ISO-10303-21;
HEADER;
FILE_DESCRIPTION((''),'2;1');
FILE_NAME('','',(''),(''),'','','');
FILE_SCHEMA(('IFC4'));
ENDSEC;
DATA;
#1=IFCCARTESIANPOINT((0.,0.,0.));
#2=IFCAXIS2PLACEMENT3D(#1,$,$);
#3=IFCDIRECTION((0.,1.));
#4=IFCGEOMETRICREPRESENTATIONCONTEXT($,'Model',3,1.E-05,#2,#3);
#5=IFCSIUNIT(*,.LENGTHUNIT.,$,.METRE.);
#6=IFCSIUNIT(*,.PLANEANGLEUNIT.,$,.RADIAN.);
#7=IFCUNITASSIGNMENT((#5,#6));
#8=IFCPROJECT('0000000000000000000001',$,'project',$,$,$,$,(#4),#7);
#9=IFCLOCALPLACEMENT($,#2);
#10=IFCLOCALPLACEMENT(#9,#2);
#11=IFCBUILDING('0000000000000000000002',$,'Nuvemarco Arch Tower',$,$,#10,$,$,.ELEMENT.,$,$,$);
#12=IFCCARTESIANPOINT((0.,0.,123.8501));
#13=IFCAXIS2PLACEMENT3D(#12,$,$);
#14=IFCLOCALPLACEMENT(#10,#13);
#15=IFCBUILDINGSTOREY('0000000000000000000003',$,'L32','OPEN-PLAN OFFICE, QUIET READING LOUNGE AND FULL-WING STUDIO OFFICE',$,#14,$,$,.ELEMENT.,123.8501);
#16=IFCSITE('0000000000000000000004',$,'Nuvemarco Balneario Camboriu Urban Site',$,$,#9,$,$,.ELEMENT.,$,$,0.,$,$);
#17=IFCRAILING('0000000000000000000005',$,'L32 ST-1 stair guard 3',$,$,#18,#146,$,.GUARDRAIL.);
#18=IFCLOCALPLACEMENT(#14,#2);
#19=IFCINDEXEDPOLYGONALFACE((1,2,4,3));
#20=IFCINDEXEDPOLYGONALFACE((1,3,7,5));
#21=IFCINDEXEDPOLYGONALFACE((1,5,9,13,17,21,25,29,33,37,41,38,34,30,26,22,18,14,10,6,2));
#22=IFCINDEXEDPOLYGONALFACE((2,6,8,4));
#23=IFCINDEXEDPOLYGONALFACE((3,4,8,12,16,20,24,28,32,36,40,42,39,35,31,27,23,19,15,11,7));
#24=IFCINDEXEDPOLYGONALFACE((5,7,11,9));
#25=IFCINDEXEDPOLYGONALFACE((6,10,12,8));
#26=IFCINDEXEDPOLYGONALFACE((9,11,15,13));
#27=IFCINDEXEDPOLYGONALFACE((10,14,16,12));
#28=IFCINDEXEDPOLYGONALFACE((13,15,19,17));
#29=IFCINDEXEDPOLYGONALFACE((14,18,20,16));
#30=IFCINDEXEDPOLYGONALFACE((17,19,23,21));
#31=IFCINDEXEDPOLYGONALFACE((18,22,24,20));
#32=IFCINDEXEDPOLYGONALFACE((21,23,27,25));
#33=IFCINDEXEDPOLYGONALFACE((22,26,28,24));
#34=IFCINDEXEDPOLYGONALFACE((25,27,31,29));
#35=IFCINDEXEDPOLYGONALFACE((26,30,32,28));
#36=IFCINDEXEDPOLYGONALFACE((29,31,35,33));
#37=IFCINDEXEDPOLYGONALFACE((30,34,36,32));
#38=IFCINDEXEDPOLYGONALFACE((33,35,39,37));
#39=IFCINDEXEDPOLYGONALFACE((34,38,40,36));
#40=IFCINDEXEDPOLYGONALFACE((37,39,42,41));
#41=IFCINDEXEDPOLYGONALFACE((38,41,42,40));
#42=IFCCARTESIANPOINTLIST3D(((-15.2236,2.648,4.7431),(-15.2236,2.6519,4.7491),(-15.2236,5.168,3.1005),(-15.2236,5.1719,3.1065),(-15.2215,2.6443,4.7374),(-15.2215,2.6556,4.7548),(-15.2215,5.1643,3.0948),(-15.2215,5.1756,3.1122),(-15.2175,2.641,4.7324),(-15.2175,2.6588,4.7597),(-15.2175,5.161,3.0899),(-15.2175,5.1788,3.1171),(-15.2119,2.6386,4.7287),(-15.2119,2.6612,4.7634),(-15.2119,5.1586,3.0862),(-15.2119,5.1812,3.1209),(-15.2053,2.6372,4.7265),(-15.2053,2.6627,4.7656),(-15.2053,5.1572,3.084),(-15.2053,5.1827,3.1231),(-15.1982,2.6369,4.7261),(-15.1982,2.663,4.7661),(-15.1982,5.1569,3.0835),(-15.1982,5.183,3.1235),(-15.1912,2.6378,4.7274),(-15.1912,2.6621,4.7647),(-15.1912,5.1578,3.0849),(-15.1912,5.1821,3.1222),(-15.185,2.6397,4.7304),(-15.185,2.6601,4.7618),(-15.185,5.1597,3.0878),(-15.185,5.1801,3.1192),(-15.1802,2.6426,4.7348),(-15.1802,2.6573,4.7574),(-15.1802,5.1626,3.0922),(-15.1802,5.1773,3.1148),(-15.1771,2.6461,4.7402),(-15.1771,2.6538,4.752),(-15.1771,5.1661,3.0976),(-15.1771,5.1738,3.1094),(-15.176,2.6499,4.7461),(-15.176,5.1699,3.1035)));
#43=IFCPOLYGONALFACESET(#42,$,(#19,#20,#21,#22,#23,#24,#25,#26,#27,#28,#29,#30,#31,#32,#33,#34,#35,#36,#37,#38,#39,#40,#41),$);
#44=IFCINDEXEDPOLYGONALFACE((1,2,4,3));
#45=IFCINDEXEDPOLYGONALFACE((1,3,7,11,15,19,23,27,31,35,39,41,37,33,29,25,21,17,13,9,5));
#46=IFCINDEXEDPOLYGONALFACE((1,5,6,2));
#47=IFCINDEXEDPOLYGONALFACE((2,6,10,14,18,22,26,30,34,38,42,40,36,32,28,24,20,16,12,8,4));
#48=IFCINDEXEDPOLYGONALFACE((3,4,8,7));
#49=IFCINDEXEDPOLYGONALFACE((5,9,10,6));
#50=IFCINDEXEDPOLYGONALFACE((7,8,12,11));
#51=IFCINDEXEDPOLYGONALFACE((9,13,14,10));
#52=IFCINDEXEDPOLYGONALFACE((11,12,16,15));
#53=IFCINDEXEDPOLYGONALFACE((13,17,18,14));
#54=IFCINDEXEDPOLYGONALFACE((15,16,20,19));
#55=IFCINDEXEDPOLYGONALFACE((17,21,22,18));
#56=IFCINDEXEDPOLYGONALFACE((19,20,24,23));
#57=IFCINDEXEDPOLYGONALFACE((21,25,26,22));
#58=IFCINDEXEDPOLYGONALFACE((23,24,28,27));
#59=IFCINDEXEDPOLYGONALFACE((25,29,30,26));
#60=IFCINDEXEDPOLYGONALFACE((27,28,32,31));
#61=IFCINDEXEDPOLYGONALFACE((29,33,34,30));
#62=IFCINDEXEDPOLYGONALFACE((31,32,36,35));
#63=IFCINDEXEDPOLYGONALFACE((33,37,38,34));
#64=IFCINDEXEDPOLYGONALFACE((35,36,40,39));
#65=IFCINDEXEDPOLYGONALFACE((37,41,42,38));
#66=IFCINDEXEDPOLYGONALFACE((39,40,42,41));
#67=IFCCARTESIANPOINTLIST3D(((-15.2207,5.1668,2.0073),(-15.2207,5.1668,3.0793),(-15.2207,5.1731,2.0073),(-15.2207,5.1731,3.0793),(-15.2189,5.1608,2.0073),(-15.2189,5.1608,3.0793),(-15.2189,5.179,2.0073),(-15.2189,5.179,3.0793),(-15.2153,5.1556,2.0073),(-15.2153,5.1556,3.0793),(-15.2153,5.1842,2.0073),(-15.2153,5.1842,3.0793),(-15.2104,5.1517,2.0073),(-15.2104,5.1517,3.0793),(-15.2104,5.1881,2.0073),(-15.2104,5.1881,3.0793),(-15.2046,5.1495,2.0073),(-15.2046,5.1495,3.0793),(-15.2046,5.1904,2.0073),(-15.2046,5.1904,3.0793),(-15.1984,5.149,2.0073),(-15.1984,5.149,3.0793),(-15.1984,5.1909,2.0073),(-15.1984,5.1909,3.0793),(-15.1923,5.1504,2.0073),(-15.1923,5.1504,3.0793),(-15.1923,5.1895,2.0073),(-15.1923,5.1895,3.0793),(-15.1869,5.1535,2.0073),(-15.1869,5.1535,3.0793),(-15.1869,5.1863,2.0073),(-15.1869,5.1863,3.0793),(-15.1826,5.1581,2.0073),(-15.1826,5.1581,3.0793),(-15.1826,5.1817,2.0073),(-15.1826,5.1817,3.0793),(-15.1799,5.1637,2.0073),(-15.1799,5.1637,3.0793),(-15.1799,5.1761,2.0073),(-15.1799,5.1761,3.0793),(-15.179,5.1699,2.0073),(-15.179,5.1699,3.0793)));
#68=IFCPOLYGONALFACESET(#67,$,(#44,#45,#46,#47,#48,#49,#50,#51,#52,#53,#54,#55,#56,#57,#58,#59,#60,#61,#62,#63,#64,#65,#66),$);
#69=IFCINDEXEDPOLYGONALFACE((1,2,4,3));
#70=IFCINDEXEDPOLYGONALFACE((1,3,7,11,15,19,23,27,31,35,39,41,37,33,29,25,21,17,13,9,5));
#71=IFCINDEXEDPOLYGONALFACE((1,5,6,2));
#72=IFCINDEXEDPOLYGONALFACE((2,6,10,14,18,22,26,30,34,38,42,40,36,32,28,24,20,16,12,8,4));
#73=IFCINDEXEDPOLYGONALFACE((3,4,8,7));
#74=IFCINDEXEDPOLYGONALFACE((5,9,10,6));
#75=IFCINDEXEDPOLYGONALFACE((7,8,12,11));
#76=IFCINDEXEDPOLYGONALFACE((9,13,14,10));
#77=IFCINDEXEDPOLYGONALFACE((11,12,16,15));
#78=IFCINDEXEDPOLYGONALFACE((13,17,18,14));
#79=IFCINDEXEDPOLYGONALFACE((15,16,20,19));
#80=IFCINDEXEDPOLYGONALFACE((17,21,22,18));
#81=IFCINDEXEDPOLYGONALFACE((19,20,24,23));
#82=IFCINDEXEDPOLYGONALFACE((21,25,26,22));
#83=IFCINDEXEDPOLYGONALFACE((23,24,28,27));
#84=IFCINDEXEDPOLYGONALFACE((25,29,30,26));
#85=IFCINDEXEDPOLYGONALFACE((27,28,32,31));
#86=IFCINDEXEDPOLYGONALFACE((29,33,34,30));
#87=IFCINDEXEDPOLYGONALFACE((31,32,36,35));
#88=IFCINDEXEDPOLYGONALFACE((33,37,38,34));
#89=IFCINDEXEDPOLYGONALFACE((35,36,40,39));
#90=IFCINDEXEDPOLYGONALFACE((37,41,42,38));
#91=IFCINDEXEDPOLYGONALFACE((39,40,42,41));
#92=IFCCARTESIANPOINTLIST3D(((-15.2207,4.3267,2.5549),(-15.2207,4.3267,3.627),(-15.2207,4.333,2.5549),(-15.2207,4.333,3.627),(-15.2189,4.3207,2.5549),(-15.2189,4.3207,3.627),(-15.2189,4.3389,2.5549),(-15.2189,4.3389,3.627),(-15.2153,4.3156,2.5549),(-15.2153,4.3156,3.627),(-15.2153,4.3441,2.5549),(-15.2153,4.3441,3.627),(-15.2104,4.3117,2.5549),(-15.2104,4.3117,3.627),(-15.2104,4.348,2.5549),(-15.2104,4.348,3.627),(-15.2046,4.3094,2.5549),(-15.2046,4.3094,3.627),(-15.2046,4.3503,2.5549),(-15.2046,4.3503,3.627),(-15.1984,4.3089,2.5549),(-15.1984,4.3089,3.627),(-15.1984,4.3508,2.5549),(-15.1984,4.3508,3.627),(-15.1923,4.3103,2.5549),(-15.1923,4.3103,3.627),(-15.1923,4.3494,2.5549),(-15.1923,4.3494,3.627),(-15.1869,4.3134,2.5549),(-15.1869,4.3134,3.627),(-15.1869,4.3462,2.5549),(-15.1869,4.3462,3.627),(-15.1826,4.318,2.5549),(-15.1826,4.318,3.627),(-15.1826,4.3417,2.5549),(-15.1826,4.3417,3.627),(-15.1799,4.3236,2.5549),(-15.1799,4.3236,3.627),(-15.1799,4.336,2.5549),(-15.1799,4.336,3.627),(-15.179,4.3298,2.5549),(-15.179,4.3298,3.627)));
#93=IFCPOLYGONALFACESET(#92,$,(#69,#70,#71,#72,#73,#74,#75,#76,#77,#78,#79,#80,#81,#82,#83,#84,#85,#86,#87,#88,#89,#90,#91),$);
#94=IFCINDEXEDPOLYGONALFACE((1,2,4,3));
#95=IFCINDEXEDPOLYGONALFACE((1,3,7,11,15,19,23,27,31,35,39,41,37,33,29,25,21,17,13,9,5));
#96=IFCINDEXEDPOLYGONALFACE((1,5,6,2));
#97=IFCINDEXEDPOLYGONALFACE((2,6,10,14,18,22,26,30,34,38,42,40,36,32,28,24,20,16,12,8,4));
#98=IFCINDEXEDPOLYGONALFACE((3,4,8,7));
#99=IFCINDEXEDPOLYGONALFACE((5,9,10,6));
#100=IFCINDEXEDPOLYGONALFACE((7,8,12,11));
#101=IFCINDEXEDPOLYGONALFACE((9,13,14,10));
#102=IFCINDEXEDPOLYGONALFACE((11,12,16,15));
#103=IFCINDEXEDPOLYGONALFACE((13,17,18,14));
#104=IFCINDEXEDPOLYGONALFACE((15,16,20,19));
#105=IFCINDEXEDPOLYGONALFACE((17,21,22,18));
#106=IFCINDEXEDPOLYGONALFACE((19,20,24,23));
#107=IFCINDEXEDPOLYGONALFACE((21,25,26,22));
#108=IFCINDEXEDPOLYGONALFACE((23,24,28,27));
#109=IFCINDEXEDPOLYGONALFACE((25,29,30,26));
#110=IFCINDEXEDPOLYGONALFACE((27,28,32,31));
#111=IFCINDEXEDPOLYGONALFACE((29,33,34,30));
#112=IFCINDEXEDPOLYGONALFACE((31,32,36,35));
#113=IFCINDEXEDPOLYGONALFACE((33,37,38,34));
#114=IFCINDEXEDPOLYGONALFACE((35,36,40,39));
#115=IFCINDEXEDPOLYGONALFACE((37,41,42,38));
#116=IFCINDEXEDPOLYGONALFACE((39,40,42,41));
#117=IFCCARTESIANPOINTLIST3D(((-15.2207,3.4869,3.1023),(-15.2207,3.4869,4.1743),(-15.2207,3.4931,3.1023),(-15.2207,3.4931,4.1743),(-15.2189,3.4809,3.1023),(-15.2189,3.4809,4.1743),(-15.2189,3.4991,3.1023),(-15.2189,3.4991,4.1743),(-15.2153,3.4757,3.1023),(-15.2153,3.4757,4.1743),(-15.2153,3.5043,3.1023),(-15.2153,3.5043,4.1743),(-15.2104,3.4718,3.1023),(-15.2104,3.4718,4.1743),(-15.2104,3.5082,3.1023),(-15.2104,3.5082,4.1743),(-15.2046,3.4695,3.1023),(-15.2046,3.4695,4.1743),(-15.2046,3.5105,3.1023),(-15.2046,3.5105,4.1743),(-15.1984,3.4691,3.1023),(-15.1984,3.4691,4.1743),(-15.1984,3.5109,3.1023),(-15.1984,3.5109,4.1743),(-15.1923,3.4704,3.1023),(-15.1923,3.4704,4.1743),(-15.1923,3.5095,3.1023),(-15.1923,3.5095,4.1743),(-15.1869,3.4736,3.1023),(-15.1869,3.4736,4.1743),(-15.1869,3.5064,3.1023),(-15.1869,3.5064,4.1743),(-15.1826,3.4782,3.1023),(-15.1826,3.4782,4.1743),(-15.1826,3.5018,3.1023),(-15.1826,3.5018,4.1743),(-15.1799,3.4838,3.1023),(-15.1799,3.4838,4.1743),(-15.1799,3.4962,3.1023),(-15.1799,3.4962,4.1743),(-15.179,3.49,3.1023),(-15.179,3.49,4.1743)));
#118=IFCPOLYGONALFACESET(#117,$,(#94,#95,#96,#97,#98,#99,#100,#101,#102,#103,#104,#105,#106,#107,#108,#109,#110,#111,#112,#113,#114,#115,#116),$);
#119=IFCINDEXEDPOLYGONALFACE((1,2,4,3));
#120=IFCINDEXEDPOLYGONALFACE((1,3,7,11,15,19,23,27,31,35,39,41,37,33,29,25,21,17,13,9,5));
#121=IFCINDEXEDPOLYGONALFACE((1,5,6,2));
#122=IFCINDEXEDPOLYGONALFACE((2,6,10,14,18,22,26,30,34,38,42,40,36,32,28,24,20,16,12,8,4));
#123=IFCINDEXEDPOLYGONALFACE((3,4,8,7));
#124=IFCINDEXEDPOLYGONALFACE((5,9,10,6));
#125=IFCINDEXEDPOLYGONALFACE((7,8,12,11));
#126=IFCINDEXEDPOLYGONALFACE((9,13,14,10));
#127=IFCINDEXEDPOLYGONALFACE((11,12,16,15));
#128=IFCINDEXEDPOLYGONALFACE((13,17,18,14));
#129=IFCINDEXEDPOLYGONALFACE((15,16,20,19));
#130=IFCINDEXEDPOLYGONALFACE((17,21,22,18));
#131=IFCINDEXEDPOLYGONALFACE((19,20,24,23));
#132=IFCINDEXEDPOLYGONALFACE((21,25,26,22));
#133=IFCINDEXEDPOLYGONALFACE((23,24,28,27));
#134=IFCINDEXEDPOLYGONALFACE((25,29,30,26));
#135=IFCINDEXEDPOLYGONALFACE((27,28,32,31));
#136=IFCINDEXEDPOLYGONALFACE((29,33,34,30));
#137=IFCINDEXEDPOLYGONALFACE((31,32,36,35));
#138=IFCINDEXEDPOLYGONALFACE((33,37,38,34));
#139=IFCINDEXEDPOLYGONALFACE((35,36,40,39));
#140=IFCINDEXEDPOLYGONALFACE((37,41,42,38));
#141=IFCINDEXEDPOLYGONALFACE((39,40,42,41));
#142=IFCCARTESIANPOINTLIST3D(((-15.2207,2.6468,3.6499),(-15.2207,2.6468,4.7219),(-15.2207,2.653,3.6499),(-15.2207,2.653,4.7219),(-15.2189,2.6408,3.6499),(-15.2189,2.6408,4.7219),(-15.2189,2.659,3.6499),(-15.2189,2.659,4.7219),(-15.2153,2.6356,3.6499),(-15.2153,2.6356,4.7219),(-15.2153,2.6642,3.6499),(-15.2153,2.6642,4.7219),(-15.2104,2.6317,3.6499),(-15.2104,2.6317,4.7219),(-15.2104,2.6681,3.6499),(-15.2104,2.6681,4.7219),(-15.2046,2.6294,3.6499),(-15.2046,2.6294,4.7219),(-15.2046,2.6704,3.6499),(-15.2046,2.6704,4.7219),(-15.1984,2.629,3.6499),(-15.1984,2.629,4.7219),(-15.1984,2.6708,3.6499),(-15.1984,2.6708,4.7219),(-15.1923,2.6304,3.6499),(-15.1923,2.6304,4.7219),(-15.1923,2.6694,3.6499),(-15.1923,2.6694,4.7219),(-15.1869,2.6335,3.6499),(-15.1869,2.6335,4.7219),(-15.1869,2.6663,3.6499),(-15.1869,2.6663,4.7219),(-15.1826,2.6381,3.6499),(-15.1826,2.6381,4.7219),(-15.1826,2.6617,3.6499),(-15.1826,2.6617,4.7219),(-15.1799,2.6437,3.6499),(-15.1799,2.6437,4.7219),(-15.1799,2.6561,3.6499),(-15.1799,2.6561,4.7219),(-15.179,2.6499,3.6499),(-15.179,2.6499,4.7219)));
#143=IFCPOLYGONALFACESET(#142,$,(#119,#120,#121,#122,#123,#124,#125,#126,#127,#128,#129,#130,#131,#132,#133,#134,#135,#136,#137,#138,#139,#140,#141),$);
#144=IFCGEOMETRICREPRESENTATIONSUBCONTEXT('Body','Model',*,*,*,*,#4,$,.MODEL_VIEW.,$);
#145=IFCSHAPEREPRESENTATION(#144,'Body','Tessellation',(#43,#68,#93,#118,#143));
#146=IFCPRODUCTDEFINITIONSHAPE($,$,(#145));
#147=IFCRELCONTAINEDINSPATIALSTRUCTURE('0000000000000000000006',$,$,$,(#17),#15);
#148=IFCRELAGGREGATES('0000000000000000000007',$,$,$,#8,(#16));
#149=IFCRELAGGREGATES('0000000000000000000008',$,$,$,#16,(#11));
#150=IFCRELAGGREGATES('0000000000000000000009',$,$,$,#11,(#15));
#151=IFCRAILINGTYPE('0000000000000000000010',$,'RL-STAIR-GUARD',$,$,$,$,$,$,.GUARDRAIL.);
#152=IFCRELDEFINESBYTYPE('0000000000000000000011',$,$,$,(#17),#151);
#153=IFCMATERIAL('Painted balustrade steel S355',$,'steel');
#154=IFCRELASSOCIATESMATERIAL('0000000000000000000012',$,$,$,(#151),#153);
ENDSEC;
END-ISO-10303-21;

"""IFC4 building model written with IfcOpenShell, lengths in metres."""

from ifc_helpers import new_model, si_unit, direction, frame, origin, origin_2d, place, context, subcontext, project, spatial, circle, extrude, material, type_object, element, save


model = new_model("IFC4")

# Units and contexts
model_context = context("Model", 3, precision=1e-05, world=origin(), true_north=direction((0.0, 1.0)))
body_context = subcontext(model_context, "Body", "Model", "MODEL_VIEW")
ifc_project = project(units=[si_unit("LENGTHUNIT", "METRE"), si_unit("PLANEANGLEUNIT", "RADIAN")], contexts=[model_context])

# Site, building, storey
site_placement = place(None, origin())
site = spatial("IfcSite", under=ifc_project, at=site_placement, Name="Nuvemarco Balneario Camboriu Urban Site", CompositionType="ELEMENT", RefElevation=0.0)
building_placement = place(site_placement, origin())
building = spatial("IfcBuilding", under=site, at=building_placement, Name="Nuvemarco Arch Tower", CompositionType="ELEMENT")
storey_placement = place(building_placement, frame((0.0, 0.0, 123.8501)))
storey = spatial("IfcBuildingStorey", under=building, at=storey_placement, Name="L32", Description="OPEN-PLAN OFFICE, QUIET READING LOUNGE AND FULL-WING STUDIO OFFICE", CompositionType="ELEMENT", Elevation=123.8501)

# Railing
ifc_material_1 = material(Name="Painted balustrade steel S355", Category="steel")
railing_type_1 = type_object("IfcRailingType", Name="RL-STAIR-GUARD", PredefinedType="GUARDRAIL", material=ifc_material_1)
railing_1_placement = place(storey_placement, frame((-15.2, 5.1699, 2.0073)))
element("IfcRailing", 1, at=railing_1_placement, inside=storey, type_object=railing_type_1, Name="L32 ST-1 stair guard 3", PredefinedType="GUARDRAIL", context=body_context, shape_type="SweptSolid", body=[
    extrude(circle(Radius=0.0239, at=origin_2d()), frame((0.0, 0.0, 1.0962), z_axis=(0.0, -0.837749, 0.546055), x_axis=(1.0, 0.0, 0.0)), (0.0, 0.0, 1.0), 3.0081),
    extrude(circle(Radius=0.021, at=origin_2d()), origin(), (0.0, 0.0, 1.0), 1.072),
    extrude(circle(Radius=0.021, at=origin_2d()), frame((0.0, -0.8401, 0.5476)), (0.0, 0.0, 1.0), 1.072),
    extrude(circle(Radius=0.021, at=origin_2d()), frame((0.0, -1.6799, 1.095)), (0.0, 0.0, 1.0), 1.072),
    extrude(circle(Radius=0.021, at=origin_2d()), frame((0.0, -2.52, 1.6426)), (0.0, 0.0, 1.0), 1.072),
])

save(model, "model.ifc")
